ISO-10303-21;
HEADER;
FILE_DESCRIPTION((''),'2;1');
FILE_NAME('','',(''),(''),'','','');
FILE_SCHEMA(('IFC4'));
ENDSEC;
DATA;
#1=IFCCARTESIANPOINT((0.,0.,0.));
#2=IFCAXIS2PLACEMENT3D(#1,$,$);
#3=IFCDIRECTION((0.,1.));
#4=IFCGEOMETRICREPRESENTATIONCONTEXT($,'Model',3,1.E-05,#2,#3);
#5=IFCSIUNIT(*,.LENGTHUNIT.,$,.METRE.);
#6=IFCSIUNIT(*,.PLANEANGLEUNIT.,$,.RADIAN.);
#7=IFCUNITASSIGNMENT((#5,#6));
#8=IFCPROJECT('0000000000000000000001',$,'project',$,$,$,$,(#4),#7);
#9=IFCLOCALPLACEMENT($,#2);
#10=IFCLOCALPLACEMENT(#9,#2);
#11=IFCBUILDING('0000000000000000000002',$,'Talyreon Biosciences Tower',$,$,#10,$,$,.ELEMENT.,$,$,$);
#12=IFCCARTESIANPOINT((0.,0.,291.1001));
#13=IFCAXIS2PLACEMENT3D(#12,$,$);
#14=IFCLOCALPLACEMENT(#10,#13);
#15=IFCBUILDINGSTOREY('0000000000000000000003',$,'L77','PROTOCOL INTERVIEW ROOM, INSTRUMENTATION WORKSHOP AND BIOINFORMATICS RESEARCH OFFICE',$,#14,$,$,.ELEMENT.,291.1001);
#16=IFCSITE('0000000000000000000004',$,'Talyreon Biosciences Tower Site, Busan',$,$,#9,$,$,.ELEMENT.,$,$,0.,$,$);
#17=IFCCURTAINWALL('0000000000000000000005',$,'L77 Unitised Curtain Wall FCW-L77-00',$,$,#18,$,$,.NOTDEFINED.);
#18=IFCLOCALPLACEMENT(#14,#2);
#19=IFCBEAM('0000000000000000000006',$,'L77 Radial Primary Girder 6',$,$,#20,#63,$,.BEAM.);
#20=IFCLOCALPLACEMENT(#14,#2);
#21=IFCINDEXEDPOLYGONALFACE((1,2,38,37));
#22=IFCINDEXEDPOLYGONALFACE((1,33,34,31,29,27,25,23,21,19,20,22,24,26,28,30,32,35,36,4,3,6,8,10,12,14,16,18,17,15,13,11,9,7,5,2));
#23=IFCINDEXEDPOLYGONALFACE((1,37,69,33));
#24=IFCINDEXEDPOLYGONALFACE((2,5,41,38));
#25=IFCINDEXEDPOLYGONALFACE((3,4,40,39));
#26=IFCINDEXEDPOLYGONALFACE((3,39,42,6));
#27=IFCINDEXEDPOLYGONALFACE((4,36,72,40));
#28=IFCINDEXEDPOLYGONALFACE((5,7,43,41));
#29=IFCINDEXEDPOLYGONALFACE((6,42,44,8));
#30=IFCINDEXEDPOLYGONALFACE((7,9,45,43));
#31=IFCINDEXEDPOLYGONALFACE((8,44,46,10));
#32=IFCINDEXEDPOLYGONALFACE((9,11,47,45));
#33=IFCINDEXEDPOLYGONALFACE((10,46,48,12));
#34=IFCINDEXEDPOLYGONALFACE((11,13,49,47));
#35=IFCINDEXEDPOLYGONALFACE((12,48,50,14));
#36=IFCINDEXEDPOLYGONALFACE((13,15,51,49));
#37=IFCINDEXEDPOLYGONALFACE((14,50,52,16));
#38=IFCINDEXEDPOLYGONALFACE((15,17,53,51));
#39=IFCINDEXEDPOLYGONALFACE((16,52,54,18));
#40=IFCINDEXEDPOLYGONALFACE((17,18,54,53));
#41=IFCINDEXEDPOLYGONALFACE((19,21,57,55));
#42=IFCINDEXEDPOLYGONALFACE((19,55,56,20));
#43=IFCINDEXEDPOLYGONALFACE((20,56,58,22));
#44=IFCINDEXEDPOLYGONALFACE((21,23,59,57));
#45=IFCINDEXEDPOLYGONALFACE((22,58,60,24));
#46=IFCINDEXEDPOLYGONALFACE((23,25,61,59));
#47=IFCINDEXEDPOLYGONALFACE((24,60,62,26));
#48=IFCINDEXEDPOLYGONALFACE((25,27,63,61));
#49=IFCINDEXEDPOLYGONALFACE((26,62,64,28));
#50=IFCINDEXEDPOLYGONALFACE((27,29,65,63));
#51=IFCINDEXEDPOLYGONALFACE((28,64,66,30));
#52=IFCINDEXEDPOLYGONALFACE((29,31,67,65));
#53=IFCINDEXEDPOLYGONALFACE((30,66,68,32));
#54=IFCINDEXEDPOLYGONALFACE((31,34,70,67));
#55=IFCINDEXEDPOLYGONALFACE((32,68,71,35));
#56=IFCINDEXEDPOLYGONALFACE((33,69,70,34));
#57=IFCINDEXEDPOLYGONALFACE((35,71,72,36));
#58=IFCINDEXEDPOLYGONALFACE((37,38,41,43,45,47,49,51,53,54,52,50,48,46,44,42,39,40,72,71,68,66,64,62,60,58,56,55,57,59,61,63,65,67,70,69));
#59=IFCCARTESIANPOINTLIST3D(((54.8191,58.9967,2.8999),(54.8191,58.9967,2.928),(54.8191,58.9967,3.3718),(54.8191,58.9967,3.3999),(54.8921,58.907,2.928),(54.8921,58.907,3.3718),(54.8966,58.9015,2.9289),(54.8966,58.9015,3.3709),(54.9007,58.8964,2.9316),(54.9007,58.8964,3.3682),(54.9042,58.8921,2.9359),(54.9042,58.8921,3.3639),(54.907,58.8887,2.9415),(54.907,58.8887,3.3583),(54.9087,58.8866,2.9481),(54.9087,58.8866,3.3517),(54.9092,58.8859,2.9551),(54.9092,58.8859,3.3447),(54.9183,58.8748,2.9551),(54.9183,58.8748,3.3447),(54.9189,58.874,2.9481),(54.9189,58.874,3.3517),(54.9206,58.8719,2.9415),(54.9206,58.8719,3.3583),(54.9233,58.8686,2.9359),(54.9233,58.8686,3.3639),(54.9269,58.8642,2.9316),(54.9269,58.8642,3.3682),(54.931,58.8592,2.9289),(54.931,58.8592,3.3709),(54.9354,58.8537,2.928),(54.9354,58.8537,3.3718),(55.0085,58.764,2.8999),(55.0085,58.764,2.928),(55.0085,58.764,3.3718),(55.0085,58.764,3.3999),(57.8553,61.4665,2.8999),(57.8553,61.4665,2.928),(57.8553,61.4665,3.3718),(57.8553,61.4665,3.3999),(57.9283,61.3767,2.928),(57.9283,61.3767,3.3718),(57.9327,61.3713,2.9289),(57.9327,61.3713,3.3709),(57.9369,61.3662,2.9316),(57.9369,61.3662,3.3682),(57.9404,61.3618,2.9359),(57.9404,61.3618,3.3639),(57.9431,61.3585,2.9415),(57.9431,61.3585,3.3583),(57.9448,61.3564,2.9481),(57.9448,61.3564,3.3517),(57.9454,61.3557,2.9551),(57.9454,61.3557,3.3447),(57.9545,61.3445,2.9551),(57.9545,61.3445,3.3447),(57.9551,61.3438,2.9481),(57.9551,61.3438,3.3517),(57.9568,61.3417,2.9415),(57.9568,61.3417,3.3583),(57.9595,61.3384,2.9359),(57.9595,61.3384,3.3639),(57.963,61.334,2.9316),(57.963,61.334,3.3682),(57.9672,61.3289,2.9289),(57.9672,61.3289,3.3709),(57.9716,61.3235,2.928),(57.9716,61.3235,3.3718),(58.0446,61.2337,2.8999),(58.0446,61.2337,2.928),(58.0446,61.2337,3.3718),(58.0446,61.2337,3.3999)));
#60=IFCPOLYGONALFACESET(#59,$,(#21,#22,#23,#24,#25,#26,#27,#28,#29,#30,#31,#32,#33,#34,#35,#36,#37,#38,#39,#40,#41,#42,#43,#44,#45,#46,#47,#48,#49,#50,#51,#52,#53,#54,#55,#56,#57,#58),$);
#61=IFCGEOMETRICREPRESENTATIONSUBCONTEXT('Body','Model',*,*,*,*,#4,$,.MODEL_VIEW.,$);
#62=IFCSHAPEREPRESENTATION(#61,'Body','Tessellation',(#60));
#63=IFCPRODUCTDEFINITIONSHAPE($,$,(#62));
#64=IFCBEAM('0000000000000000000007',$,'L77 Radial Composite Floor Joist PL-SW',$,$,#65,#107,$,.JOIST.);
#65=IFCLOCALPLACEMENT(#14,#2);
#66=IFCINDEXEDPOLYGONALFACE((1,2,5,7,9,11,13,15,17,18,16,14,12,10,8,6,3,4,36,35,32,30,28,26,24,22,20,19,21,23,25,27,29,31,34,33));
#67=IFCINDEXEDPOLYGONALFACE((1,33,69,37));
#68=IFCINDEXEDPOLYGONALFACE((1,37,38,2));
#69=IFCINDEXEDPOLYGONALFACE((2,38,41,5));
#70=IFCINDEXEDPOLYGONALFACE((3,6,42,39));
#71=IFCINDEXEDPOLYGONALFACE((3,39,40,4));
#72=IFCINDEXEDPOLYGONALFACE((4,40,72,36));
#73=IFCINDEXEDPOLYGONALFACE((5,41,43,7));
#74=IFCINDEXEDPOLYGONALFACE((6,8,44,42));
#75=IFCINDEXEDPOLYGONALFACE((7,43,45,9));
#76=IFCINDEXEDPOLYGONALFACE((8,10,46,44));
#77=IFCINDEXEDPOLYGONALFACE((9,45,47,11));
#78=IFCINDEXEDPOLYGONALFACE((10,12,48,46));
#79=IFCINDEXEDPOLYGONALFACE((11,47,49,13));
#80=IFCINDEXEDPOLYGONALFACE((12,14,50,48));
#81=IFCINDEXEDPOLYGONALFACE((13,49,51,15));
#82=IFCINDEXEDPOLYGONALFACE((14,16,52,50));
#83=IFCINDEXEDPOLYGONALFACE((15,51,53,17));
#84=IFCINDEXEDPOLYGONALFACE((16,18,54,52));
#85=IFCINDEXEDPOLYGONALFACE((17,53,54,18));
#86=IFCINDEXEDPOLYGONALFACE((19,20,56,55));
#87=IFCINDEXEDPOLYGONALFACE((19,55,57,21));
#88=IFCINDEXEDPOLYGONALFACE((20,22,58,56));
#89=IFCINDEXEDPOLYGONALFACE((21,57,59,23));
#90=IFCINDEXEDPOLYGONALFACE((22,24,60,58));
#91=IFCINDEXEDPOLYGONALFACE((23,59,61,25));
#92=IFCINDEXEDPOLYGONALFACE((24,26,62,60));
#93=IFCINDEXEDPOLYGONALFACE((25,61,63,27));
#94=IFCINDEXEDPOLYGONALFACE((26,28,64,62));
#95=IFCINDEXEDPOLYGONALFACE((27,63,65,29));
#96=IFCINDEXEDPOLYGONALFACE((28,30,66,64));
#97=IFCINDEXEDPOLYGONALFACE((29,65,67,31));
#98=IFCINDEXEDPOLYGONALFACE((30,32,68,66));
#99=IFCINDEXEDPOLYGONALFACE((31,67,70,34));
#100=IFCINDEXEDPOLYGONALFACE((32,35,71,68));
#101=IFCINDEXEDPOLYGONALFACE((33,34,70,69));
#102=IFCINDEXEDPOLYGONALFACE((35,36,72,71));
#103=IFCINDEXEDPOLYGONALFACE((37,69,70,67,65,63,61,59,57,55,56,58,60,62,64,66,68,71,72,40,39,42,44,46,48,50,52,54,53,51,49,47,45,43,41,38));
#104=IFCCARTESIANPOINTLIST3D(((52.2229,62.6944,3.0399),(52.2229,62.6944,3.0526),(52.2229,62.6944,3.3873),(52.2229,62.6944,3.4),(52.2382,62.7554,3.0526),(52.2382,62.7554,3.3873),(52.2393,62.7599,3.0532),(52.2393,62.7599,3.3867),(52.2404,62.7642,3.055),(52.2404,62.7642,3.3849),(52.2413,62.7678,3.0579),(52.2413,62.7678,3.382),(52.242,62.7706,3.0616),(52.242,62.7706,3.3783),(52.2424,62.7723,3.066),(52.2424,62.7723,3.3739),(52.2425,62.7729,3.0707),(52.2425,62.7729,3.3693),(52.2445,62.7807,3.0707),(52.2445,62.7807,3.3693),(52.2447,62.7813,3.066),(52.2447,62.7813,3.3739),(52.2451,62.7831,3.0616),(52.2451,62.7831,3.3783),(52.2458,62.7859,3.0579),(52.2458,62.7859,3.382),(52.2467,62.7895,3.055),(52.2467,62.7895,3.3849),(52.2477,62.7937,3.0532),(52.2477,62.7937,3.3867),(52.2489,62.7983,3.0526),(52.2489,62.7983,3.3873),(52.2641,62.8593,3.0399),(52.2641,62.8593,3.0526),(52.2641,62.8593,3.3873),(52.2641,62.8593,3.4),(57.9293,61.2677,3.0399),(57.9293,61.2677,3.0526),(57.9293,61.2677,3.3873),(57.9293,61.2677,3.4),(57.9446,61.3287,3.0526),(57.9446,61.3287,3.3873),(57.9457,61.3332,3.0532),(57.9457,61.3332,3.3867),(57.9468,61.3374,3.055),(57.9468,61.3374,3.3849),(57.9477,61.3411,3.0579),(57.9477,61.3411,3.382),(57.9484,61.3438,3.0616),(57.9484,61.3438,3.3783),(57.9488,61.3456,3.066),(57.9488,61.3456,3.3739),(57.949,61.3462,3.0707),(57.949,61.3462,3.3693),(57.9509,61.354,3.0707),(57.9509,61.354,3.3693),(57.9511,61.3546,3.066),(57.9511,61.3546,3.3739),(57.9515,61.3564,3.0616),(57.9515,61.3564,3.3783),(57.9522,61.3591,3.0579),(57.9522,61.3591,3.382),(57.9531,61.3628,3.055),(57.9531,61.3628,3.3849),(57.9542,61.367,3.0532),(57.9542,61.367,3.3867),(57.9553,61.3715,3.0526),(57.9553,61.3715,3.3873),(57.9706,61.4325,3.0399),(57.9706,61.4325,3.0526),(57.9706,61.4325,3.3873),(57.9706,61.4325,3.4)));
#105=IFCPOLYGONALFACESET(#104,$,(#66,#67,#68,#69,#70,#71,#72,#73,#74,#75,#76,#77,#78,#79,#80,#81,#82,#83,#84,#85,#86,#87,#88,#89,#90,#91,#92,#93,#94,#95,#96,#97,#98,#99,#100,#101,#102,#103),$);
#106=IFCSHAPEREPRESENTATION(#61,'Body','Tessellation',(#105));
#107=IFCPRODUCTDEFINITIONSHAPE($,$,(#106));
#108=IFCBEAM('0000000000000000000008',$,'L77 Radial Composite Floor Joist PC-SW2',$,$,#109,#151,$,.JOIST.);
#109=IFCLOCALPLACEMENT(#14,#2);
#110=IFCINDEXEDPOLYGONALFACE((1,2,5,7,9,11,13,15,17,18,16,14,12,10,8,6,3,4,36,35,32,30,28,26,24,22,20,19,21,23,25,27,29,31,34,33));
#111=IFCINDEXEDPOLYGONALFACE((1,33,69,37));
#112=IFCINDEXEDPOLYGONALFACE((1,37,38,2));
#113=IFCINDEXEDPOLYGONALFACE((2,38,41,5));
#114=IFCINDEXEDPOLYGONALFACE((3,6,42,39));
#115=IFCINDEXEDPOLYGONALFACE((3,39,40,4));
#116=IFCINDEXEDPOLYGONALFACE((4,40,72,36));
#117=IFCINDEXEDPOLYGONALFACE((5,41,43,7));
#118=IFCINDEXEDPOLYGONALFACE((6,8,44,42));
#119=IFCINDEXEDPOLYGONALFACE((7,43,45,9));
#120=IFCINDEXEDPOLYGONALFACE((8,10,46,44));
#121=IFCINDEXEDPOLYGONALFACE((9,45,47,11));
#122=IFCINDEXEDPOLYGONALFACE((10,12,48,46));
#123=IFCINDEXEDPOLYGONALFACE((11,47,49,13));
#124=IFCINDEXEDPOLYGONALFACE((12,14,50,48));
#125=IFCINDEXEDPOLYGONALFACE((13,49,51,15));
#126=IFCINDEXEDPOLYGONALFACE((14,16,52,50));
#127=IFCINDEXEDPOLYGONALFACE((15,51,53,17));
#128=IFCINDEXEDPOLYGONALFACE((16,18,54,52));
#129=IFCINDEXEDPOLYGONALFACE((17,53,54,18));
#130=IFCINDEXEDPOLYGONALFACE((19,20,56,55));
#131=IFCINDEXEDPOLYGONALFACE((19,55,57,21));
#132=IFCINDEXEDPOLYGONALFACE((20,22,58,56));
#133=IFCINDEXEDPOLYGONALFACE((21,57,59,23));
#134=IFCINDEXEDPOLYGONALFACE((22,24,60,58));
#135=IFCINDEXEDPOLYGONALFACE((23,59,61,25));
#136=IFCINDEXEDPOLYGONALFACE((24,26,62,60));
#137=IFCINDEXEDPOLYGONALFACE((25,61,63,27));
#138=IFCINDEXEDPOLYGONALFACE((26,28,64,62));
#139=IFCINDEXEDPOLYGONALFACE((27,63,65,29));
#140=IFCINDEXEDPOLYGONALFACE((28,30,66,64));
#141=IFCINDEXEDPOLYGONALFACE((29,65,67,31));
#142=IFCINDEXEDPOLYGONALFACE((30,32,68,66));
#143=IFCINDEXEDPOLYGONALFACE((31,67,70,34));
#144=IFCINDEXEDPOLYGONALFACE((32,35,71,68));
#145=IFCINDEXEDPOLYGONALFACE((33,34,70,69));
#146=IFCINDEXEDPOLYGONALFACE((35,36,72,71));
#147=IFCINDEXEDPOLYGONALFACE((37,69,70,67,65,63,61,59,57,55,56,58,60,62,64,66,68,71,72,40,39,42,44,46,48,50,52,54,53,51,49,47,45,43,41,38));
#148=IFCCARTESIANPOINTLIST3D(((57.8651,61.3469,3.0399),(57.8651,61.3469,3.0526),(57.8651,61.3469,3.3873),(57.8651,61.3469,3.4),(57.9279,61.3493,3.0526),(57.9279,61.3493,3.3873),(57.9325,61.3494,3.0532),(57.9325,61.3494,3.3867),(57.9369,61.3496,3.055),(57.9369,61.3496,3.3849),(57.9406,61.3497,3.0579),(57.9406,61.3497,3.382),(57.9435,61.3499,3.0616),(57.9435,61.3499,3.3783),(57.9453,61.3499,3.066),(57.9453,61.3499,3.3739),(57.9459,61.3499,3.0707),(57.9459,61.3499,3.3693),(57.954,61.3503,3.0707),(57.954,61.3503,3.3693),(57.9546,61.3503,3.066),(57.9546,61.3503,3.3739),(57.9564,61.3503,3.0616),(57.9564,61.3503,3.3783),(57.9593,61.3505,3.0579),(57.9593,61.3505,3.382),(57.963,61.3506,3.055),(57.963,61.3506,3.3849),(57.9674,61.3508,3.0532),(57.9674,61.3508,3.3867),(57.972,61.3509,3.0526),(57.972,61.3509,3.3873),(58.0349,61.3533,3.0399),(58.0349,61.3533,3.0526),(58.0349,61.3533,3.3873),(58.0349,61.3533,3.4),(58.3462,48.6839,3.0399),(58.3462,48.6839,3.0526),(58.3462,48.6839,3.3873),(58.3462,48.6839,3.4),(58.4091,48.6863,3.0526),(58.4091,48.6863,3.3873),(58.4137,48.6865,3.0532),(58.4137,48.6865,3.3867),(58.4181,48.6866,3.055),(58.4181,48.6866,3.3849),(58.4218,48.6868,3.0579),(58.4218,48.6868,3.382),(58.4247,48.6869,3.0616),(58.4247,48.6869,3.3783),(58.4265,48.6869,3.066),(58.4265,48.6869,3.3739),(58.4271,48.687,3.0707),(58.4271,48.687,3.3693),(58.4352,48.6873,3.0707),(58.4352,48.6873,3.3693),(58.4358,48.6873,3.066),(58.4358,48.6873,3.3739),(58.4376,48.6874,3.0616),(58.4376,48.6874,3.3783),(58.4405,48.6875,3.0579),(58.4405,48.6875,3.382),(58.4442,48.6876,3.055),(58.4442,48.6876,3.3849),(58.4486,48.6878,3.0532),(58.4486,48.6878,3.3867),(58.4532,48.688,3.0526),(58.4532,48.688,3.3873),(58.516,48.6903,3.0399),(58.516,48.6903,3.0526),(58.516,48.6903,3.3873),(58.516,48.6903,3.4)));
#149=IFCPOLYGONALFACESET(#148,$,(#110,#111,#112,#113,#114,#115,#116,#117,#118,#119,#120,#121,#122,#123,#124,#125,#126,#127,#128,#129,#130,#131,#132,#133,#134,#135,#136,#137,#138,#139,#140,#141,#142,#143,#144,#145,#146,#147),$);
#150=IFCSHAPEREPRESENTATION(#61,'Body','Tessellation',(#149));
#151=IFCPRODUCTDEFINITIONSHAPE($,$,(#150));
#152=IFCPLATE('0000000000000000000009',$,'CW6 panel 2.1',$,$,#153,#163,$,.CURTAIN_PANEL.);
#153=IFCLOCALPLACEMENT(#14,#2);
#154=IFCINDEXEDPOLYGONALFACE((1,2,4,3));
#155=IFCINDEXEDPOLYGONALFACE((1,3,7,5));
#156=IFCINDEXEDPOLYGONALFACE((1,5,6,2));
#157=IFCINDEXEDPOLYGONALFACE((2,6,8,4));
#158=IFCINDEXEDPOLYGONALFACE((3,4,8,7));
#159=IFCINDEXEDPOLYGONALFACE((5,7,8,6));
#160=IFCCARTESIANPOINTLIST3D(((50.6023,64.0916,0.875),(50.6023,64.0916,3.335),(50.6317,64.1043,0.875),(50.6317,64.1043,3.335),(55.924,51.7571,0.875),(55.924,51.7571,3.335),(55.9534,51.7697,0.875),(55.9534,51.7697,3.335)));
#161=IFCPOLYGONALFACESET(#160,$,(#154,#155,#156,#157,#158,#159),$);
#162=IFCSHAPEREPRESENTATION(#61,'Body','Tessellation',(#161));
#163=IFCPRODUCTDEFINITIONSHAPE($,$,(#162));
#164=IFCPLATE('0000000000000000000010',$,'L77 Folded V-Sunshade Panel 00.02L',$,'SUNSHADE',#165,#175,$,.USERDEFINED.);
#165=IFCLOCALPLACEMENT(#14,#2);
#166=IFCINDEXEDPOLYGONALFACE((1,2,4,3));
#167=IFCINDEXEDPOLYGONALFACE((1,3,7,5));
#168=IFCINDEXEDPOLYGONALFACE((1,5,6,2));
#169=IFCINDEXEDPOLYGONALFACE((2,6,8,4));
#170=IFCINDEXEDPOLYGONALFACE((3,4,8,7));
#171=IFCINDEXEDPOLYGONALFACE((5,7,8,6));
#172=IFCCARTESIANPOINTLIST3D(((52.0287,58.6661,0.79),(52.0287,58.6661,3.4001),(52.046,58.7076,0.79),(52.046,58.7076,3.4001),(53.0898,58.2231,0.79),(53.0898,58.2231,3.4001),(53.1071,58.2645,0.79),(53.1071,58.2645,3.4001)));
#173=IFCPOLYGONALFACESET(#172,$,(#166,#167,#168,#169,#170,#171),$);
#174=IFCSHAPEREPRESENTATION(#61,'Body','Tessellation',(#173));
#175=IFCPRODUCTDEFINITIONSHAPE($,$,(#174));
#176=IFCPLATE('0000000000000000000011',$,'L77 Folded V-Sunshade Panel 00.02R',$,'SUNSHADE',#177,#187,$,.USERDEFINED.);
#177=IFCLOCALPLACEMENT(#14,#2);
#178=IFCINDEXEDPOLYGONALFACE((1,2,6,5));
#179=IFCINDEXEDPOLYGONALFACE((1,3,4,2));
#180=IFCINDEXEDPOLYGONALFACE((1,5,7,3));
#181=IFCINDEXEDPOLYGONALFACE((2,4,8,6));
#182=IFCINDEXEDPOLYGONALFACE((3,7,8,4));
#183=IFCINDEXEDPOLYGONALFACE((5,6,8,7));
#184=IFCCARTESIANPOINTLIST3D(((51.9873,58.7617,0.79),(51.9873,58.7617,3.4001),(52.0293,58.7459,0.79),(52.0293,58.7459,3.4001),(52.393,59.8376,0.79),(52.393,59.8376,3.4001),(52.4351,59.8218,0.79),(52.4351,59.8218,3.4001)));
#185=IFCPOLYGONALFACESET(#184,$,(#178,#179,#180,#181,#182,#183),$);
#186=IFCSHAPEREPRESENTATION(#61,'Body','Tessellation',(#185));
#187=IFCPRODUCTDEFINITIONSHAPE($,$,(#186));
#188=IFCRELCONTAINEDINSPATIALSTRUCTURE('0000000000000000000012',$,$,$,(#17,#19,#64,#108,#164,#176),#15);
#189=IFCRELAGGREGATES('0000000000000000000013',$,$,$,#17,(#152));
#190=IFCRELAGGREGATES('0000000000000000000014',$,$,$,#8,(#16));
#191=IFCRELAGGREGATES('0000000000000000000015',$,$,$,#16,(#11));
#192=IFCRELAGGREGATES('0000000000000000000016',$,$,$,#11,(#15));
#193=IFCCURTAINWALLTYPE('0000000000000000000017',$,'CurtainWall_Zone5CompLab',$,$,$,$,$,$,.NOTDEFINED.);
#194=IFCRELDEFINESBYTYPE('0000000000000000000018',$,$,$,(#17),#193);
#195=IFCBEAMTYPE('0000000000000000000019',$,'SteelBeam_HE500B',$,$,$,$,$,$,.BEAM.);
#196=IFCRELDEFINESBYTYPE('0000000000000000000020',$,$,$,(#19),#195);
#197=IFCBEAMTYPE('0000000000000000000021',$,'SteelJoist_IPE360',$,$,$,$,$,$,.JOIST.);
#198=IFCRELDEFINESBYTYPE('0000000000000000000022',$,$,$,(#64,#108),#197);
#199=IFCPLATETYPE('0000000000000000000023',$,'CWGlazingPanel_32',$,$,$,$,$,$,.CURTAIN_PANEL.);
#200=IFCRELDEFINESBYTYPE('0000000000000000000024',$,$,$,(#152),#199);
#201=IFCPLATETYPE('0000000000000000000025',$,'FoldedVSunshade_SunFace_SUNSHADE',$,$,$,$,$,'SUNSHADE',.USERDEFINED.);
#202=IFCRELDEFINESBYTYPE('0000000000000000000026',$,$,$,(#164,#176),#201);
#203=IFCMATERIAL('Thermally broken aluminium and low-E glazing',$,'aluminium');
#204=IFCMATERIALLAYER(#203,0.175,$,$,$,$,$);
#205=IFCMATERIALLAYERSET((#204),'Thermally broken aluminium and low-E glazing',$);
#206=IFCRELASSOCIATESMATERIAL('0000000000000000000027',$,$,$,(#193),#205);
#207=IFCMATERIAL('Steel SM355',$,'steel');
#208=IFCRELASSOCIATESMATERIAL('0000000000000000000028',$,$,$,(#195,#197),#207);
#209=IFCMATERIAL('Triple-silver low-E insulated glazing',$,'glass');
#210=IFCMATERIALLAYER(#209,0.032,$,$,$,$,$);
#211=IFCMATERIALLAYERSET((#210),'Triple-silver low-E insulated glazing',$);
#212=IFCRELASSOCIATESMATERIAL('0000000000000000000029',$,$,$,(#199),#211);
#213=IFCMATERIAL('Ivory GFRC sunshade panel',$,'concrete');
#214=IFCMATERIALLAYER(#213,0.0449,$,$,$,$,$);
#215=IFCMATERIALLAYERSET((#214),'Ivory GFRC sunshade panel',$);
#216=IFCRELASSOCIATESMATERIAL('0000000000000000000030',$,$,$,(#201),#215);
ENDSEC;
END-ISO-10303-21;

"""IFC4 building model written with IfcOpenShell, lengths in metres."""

from ifc_helpers import new_model, si_unit, direction, frame, origin, origin_2d, place, context, subcontext, project, spatial, rectangle, i_section, extrude, material, layer, layer_set, material_profile, profile_set, type_object, element, aggregate, save


model = new_model("IFC4")

# Units and contexts
model_context = context("Model", 3, precision=1e-05, world=origin(), true_north=direction((0.0, 1.0)))
body_context = subcontext(model_context, "Body", "Model", "MODEL_VIEW")
ifc_project = project(units=[si_unit("LENGTHUNIT", "METRE"), si_unit("PLANEANGLEUNIT", "RADIAN")], contexts=[model_context])

# Site, building, storey
site_placement = place(None, origin())
site = spatial("IfcSite", under=ifc_project, at=site_placement, Name="Talyreon Biosciences Tower Site, Busan", CompositionType="ELEMENT", RefElevation=0.0)
building_placement = place(site_placement, origin())
building = spatial("IfcBuilding", under=site, at=building_placement, Name="Talyreon Biosciences Tower", CompositionType="ELEMENT")
storey_placement = place(building_placement, frame((0.0, 0.0, 291.1001)))
storey = spatial("IfcBuildingStorey", under=building, at=storey_placement, Name="L77", Description="PROTOCOL INTERVIEW ROOM, INSTRUMENTATION WORKSHOP AND BIOINFORMATICS RESEARCH OFFICE", CompositionType="ELEMENT", Elevation=291.1001)

# Curtain wall
ifc_material_1 = material(Name="Thermally broken aluminium and low-E glazing", Category="aluminium")
ifc_layer_1 = layer(ifc_material_1, 0.175)
ifc_layer_set_1 = layer_set([ifc_layer_1], Name="Thermally broken aluminium and low-E glazing")
curtain_wall_type = type_object("IfcCurtainWallType", Name="CurtainWall_Zone5CompLab", PredefinedType="NOTDEFINED", material=ifc_layer_set_1)
curtain_wall_placement = place(storey_placement, origin())
curtain_wall = element("IfcCurtainWall", 1, at=curtain_wall_placement, inside=storey, type_object=curtain_wall_type, Name="L77 Unitised Curtain Wall FCW-L77-00", PredefinedType="NOTDEFINED")

# Beams
ifc_material_2 = material(Name="Steel SM355", Category="steel")
ifc_material_profile_1 = material_profile(ifc_material_2, i_section(OverallWidth=0.3, OverallDepth=0.5, WebThickness=0.0144, FlangeThickness=0.0281, FilletRadius=0.0271, at=origin_2d()), Name="HE500B")
ifc_profile_set_1 = profile_set([ifc_material_profile_1], Name="Steel SM355")
beam_type_1 = type_object("IfcBeamType", Name="SteelBeam_HE500B", PredefinedType="BEAM", material=ifc_profile_set_1)
beam_1_placement = place(storey_placement, frame((57.95, 61.3501, 3.1499), z_axis=(-0.775755, -0.631034, 0.0), x_axis=(0.631034, -0.775755, 0.0)))
element("IfcBeam", 2, at=beam_1_placement, inside=storey, type_object=beam_type_1, Name="L77 Radial Primary Girder 6", PredefinedType="BEAM", context=body_context, shape_type="SweptSolid", body=[
    extrude(i_section(OverallWidth=0.3, OverallDepth=0.5, WebThickness=0.0144, FlangeThickness=0.0281, FilletRadius=0.0271, at=origin_2d()), origin(), (0.0, 0.0, 1.0), 3.9138),
])
ifc_material_profile_2 = material_profile(ifc_material_2, i_section(OverallWidth=0.1699, OverallDepth=0.3601, WebThickness=0.0081, FlangeThickness=0.0127, FilletRadius=0.0181, at=origin_2d()), Name="IPE360")
ifc_profile_set_2 = profile_set([ifc_material_profile_2], Name="Steel SM355")
beam_type_2 = type_object("IfcBeamType", Name="SteelJoist_IPE360", PredefinedType="JOIST", material=ifc_profile_set_2)
beam_2_placement = place(storey_placement, frame((57.95, 61.3501, 3.22), z_axis=(-0.970138, 0.242555, 0.0), x_axis=(-0.242555, -0.970138, 0.0)))
element("IfcBeam", 3, at=beam_2_placement, inside=storey, type_object=beam_type_2, Name="L77 Radial Composite Floor Joist PL-SW", PredefinedType="JOIST", context=body_context, shape_type="SweptSolid", body=[
    extrude(i_section(OverallWidth=0.1699, OverallDepth=0.3601, WebThickness=0.0081, FlangeThickness=0.0127, FilletRadius=0.0181, at=origin_2d()), origin(), (0.0, 0.0, 1.0), 5.8821),
])
beam_3_placement = place(storey_placement, frame((57.95, 61.3501, 3.22), z_axis=(0.037973, -0.999279, 0.0), x_axis=(0.999279, 0.037973, 0.0)))
element("IfcBeam", 4, at=beam_3_placement, inside=storey, type_object=beam_type_2, Name="L77 Radial Composite Floor Joist PC-SW2", PredefinedType="JOIST", context=body_context, shape_type="SweptSolid", body=[
    extrude(i_section(OverallWidth=0.1699, OverallDepth=0.3601, WebThickness=0.0081, FlangeThickness=0.0127, FilletRadius=0.0181, at=origin_2d()), origin(), (0.0, 0.0, 1.0), 12.6721),
])

# Plate
ifc_material_3 = material(Name="Triple-silver low-E insulated glazing", Category="glass")
ifc_layer_2 = layer(ifc_material_3, 0.032)
ifc_layer_set_2 = layer_set([ifc_layer_2], Name="Triple-silver low-E insulated glazing")
plate_type_1 = type_object("IfcPlateType", Name="CWGlazingPanel_32", PredefinedType="CURTAIN_PANEL", material=ifc_layer_set_2)
plate_placement = place(storey_placement, frame((53.2778, 57.9307, 0.875), z_axis=(0.0, 0.0, 1.0), x_axis=(-0.396147, 0.918187, 0.0)))
plate = element("IfcPlate", 5, at=plate_placement, type_object=plate_type_1, Name="CW6 panel 2.1", PredefinedType="CURTAIN_PANEL", context=body_context, shape_type="SweptSolid", body=[
    extrude(rectangle(XDim=13.4336, YDim=0.032, at=origin_2d()), origin(), (0.0, 0.0, 1.0), 2.46),
])
aggregate(curtain_wall, [plate])

# Plates
ifc_material_4 = material(Name="Ivory GFRC sunshade panel", Category="concrete")
ifc_layer_3 = layer(ifc_material_4, 0.0449)
ifc_layer_set_3 = layer_set([ifc_layer_3], Name="Ivory GFRC sunshade panel")
plate_type_2 = type_object("IfcPlateType", Name="FoldedVSunshade_SunFace_SUNSHADE", ElementType="SUNSHADE", PredefinedType="USERDEFINED", material=ifc_layer_set_3)
for number, where, z_axis, x_axis, name in (
    (6, (52.5679, 58.4653, 0.79), (0.0, 0.0, 1.0), (-0.922787, 0.38531, 0.0), "L77 Folded V-Sunshade Panel 00.02L"),
    (7, (52.2112, 59.2917, 0.79), (0.0, 0.0, 1.0), (0.352871, 0.935672, 0.0), "L77 Folded V-Sunshade Panel 00.02R"),
):
    element("IfcPlate", number, at=place(storey_placement, frame(where, z_axis=z_axis, x_axis=x_axis)), inside=storey, type_object=plate_type_2, Name=name, ObjectType="SUNSHADE", PredefinedType="USERDEFINED", context=body_context, shape_type="SweptSolid", body=[
        extrude(rectangle(XDim=1.1499, YDim=0.0449, at=origin_2d()), origin(), (0.0, 0.0, 1.0), 2.6101),
    ])

save(model, "model.ifc")
